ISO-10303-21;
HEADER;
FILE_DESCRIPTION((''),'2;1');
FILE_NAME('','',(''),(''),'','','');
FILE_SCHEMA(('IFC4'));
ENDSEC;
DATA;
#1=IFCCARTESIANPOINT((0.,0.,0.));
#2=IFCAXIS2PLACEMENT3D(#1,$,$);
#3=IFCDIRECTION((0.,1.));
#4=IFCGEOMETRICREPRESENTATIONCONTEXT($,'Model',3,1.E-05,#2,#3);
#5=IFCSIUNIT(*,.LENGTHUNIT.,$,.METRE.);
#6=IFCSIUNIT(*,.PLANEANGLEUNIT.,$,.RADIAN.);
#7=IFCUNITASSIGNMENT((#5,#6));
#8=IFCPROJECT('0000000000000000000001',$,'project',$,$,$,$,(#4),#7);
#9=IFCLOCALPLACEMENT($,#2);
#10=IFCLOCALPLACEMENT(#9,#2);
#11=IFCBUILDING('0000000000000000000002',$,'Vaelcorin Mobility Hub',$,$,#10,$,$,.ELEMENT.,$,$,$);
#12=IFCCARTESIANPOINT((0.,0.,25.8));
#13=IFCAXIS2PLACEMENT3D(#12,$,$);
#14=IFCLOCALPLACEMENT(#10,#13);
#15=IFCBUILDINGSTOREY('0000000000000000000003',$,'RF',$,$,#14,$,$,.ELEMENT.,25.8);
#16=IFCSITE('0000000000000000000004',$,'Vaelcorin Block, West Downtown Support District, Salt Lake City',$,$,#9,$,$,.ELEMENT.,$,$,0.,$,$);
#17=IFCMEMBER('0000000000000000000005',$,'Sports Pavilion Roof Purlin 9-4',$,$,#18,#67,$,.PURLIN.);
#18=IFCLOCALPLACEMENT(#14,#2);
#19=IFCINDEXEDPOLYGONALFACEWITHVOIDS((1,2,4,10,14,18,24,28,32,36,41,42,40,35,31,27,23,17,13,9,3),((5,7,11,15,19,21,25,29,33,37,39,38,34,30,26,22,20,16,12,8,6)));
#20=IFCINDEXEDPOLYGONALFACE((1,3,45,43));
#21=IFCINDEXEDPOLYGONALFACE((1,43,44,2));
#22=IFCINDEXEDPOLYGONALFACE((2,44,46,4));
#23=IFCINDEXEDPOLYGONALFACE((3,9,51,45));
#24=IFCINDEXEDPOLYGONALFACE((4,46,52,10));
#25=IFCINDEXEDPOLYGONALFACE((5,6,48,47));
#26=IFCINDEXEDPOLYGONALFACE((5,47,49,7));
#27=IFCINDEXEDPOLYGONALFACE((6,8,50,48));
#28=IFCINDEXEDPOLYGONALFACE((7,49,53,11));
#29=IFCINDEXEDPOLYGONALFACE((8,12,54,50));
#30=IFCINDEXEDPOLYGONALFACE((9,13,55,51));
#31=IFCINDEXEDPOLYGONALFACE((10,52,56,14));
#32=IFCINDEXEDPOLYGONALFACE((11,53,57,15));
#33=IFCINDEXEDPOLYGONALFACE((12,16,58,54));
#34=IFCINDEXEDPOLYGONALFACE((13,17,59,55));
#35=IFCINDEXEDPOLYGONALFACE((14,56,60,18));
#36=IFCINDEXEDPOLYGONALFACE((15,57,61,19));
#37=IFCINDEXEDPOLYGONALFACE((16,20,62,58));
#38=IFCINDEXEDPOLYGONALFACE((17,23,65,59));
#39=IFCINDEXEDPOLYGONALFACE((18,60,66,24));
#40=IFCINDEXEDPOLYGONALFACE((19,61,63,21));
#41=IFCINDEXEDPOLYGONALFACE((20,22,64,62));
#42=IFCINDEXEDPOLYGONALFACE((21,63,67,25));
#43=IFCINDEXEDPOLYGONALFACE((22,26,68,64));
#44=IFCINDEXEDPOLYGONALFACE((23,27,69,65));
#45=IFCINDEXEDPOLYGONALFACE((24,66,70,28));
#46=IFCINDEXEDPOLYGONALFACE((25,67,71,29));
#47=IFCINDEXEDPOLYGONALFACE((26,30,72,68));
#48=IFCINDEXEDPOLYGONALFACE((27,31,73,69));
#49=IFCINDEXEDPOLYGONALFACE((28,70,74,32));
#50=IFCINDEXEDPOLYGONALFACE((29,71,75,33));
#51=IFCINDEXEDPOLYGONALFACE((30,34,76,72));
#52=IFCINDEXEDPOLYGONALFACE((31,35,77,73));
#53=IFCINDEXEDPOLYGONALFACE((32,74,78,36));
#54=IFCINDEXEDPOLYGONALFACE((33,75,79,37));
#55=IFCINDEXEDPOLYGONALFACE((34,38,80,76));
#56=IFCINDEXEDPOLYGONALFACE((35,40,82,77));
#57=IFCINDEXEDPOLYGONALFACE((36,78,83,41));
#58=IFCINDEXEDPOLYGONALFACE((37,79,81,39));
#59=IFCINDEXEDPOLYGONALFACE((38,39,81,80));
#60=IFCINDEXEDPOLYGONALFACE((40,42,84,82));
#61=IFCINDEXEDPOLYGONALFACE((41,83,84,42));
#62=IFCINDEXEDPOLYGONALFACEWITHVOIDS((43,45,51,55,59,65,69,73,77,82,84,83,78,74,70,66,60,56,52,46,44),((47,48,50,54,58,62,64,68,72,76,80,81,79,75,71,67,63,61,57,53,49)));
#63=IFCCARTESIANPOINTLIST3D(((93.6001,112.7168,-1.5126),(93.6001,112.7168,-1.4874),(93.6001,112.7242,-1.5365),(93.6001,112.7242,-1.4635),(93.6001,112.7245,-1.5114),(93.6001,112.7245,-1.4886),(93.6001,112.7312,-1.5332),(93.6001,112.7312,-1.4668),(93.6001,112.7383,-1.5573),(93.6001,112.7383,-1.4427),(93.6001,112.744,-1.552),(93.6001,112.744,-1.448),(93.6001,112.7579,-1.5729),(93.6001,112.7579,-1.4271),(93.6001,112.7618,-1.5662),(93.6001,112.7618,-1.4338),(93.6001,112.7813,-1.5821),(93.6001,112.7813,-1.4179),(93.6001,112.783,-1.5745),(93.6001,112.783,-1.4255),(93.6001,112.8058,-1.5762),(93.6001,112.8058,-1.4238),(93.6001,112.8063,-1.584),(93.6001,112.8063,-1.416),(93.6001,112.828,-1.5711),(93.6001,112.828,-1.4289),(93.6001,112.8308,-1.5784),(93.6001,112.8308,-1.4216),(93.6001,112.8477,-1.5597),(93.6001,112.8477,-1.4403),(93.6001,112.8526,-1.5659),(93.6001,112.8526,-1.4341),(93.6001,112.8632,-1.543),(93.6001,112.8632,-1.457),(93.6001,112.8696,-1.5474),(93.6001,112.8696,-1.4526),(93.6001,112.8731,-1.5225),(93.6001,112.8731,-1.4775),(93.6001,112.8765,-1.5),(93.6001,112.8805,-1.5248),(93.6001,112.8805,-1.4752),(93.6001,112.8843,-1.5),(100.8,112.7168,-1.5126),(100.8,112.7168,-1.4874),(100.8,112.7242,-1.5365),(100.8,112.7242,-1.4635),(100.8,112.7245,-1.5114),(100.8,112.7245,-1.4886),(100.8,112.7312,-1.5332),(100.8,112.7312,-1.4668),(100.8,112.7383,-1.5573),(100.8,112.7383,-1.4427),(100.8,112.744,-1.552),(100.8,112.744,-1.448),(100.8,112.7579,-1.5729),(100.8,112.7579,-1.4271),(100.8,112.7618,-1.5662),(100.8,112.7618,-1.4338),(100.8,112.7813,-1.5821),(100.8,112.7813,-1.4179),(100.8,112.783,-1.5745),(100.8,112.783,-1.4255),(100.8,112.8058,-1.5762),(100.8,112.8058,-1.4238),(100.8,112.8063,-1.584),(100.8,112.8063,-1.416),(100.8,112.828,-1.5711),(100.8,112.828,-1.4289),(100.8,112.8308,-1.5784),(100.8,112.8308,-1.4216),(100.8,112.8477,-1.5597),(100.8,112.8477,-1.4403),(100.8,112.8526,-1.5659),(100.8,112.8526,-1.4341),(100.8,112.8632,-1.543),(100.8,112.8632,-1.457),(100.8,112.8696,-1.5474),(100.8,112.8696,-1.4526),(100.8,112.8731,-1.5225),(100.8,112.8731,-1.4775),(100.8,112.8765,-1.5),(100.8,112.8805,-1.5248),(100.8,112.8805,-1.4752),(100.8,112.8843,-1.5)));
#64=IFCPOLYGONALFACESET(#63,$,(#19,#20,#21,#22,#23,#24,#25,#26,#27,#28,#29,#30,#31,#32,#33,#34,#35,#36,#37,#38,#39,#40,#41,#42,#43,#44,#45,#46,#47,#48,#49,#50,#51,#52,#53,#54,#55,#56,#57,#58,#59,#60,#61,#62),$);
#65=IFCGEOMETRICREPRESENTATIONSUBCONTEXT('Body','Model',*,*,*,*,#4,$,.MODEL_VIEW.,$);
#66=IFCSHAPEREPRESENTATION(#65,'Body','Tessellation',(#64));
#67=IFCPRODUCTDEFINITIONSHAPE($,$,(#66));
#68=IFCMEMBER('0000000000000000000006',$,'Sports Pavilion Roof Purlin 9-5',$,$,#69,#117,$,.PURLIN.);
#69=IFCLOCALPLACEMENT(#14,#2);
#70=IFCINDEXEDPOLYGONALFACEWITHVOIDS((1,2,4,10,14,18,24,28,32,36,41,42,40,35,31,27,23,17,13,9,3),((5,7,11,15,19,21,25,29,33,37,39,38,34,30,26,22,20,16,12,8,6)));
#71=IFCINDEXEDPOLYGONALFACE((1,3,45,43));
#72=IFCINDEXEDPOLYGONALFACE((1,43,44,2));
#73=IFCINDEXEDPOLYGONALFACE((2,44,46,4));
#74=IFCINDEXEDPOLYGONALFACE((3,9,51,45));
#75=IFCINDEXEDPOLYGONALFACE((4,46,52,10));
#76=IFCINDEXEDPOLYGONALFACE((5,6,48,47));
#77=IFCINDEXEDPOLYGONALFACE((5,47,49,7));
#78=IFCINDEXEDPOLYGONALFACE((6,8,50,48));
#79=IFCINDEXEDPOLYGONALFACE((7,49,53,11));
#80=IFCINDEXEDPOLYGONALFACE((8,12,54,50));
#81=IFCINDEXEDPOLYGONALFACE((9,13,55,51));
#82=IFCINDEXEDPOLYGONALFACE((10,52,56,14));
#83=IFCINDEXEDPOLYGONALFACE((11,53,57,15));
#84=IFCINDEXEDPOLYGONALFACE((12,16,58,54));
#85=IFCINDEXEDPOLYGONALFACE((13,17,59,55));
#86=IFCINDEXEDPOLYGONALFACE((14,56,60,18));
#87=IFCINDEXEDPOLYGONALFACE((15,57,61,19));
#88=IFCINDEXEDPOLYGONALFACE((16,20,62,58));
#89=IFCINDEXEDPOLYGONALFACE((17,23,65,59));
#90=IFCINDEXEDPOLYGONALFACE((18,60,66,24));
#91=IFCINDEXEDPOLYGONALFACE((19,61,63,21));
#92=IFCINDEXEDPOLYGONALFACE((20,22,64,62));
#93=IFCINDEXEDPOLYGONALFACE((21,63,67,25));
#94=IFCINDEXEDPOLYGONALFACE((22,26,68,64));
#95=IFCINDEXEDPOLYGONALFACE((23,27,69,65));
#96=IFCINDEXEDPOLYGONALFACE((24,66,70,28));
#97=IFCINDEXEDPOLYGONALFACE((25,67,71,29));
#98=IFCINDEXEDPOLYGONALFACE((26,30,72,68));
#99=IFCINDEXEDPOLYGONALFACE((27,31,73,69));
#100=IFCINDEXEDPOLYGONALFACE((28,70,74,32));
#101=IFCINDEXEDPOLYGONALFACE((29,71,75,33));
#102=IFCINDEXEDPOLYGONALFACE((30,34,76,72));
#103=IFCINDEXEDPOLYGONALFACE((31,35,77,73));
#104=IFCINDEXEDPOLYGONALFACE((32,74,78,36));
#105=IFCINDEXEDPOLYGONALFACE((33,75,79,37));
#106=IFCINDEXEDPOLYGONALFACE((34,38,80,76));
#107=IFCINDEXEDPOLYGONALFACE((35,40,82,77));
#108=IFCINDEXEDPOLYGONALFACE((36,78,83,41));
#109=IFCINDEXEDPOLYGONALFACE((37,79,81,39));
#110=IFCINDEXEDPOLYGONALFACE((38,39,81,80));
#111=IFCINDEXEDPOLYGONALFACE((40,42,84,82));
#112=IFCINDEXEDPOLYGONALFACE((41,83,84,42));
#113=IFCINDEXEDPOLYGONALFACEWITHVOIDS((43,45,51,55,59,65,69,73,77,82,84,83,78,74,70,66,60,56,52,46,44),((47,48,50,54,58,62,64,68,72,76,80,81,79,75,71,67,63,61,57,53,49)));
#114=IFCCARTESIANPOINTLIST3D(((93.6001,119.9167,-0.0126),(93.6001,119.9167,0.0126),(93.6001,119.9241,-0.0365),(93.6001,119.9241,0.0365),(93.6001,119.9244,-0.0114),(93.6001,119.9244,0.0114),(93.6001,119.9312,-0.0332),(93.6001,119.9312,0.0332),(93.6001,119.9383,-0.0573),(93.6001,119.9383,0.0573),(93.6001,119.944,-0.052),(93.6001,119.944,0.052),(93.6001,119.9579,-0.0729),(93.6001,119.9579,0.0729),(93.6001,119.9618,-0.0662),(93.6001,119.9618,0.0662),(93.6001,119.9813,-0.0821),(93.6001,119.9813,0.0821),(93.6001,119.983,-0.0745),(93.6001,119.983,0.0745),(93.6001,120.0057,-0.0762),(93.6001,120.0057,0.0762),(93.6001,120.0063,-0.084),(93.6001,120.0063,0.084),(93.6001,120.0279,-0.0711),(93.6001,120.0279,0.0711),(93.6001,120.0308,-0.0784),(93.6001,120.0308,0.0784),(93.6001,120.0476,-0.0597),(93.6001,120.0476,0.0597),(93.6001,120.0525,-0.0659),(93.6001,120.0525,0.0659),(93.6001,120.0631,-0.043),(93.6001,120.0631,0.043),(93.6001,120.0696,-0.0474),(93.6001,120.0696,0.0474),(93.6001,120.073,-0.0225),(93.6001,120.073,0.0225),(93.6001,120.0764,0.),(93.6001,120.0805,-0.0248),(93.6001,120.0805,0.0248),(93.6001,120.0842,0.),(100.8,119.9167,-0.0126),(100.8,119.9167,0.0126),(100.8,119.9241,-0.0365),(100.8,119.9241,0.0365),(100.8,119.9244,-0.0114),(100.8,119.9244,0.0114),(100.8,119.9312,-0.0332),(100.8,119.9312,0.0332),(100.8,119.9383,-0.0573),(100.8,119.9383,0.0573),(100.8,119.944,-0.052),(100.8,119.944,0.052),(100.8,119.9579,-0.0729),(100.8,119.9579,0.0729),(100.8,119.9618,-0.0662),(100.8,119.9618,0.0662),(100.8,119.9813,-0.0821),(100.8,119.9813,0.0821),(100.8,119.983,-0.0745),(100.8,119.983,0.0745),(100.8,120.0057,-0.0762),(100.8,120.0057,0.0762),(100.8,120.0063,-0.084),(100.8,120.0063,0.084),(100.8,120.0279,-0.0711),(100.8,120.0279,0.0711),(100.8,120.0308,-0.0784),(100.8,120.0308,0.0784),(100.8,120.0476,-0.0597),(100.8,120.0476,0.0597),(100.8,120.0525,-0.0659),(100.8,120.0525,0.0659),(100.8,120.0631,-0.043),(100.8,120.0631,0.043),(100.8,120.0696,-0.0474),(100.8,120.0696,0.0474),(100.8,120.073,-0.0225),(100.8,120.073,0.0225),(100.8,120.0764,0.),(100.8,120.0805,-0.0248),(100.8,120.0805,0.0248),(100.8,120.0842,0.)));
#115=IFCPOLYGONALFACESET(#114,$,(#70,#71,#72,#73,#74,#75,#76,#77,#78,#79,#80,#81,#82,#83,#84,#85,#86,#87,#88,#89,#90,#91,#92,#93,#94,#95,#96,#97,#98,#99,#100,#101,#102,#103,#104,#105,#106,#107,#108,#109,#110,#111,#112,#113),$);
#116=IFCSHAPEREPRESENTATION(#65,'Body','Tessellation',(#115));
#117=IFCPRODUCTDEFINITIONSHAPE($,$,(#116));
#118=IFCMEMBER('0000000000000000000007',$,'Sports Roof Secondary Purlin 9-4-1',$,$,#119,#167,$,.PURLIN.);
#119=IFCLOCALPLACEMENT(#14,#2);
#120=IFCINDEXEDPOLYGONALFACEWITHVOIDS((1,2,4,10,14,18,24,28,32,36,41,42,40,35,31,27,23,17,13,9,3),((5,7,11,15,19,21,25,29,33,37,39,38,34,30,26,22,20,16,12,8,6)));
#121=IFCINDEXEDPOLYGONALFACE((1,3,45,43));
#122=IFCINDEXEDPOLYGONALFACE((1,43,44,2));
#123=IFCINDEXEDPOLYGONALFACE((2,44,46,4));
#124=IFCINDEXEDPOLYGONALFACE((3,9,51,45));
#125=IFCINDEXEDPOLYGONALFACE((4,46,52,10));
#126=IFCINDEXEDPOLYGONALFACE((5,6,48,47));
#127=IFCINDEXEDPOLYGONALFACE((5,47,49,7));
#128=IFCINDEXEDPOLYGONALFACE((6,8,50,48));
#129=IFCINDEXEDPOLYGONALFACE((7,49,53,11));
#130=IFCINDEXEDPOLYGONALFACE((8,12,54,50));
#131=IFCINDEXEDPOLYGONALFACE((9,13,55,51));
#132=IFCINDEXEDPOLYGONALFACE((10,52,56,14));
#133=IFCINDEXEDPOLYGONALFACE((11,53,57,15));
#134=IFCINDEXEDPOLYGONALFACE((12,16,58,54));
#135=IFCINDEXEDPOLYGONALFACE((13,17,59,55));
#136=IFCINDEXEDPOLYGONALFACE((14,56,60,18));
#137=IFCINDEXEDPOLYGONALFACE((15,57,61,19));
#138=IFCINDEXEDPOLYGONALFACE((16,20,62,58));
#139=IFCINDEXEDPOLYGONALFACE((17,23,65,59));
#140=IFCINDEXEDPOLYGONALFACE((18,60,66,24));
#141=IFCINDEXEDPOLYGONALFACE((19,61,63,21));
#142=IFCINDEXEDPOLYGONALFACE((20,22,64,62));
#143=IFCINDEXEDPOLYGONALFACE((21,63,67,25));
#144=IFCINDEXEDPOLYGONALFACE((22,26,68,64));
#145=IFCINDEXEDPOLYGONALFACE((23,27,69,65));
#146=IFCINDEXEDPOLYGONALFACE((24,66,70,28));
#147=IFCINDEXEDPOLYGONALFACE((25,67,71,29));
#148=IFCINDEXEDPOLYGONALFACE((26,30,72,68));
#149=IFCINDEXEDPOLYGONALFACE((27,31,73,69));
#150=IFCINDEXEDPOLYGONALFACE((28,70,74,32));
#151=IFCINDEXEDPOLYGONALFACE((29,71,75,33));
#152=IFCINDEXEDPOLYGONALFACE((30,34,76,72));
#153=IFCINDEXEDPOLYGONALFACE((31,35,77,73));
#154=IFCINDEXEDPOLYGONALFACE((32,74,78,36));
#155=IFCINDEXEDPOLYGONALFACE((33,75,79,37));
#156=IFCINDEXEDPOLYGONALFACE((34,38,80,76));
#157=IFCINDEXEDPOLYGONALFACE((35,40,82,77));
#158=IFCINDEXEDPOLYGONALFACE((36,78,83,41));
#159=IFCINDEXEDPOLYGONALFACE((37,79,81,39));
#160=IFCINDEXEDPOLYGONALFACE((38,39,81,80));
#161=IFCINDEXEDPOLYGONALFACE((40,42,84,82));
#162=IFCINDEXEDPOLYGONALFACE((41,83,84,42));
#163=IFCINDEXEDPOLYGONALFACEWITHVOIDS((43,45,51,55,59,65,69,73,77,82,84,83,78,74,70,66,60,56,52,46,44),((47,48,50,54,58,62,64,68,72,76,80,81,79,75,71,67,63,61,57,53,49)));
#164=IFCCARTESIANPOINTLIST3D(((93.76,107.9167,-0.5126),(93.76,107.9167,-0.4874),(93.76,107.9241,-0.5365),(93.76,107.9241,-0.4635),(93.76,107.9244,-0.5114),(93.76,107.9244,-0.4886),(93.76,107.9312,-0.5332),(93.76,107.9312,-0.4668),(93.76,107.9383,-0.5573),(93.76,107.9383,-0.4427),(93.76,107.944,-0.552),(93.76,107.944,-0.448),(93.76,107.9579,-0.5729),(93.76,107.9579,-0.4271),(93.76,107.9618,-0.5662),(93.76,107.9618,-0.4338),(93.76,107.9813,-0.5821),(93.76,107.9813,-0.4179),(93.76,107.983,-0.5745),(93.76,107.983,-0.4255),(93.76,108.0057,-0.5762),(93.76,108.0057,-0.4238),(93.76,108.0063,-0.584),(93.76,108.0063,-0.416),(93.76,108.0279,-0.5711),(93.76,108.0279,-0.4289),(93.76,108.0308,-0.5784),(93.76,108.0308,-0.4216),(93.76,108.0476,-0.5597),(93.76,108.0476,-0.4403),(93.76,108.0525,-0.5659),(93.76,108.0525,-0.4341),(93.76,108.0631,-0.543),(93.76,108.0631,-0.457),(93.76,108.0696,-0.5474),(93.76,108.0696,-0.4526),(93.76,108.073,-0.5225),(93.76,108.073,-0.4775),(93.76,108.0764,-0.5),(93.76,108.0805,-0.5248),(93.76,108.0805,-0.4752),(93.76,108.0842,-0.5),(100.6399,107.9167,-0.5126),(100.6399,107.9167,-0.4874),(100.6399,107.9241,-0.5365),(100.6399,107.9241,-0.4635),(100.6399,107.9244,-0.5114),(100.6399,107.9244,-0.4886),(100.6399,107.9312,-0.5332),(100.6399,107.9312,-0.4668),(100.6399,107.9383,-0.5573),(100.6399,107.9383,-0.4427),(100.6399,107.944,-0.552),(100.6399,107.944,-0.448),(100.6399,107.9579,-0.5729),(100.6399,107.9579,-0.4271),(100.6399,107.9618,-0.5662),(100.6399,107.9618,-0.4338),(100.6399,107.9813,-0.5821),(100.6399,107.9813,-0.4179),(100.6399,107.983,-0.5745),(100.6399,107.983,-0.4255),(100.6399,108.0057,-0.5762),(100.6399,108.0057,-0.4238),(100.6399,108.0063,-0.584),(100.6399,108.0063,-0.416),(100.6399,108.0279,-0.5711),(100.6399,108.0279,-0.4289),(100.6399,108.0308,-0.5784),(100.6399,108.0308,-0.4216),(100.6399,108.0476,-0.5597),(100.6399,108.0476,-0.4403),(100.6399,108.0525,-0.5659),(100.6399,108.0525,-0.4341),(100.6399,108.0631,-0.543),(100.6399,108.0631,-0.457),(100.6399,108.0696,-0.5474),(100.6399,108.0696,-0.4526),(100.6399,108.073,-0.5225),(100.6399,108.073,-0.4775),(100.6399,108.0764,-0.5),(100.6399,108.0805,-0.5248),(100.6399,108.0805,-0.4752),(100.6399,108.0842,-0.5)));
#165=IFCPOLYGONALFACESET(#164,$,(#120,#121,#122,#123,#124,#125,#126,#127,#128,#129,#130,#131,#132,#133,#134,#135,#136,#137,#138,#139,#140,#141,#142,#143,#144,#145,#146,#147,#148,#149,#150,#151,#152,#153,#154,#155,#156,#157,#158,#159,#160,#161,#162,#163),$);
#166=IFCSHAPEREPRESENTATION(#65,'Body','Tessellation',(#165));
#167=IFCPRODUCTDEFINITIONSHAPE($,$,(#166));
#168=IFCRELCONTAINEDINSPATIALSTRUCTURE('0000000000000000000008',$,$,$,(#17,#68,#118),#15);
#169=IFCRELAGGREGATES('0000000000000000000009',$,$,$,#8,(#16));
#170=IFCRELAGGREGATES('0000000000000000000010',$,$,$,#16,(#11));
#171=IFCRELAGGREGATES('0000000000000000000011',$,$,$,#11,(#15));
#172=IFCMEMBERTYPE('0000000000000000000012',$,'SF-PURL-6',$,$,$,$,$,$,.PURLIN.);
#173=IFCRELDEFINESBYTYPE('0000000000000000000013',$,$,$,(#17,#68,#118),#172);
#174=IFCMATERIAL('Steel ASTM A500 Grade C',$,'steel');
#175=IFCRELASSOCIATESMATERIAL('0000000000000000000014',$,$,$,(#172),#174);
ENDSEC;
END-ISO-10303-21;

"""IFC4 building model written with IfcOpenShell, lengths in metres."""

from ifc_helpers import new_model, si_unit, direction, frame, origin, origin_2d, place, context, subcontext, project, spatial, hollow_circle, extrude, material, material_profile, profile_set, type_object, element, save


model = new_model("IFC4")

# Units and contexts
model_context = context("Model", 3, precision=1e-05, world=origin(), true_north=direction((0.0, 1.0)))
body_context = subcontext(model_context, "Body", "Model", "MODEL_VIEW")
ifc_project = project(units=[si_unit("LENGTHUNIT", "METRE"), si_unit("PLANEANGLEUNIT", "RADIAN")], contexts=[model_context])

# Site, building, storey
site_placement = place(None, origin())
site = spatial("IfcSite", under=ifc_project, at=site_placement, Name="Vaelcorin Block, West Downtown Support District, Salt Lake City", CompositionType="ELEMENT", RefElevation=0.0)
building_placement = place(site_placement, origin())
building = spatial("IfcBuilding", under=site, at=building_placement, Name="Vaelcorin Mobility Hub", CompositionType="ELEMENT")
storey_placement = place(building_placement, frame((0.0, 0.0, 25.8)))
storey = spatial("IfcBuildingStorey", under=building, at=storey_placement, Name="RF", CompositionType="ELEMENT", Elevation=25.8)

# Members
ifc_material_1 = material(Name="Steel ASTM A500 Grade C", Category="steel")
ifc_material_profile_1 = material_profile(ifc_material_1, hollow_circle(Radius=0.0842, WallThickness=0.0078, at=origin_2d()), Name="HSS6.625X0.312")
ifc_profile_set_1 = profile_set([ifc_material_profile_1], Name="Steel ASTM A500 Grade C")
member_type_1 = type_object("IfcMemberType", Name="SF-PURL-6", PredefinedType="PURLIN", material=ifc_profile_set_1)
for number, where, z_axis, x_axis, name in (
    (1, (93.6001, 112.8, -1.5), (1.0, 0.0, 0.0), (0.0, 1.0, 0.0), "Sports Pavilion Roof Purlin 9-4"),
    (2, (93.6001, 120.0, 0.0), (1.0, 0.0, 0.0), (0.0, 1.0, 0.0), "Sports Pavilion Roof Purlin 9-5"),
):
    element("IfcMember", number, at=place(storey_placement, frame(where, z_axis=z_axis, x_axis=x_axis)), inside=storey, type_object=member_type_1, Name=name, PredefinedType="PURLIN", context=body_context, shape_type="SweptSolid", body=[
        extrude(hollow_circle(Radius=0.0842, WallThickness=0.0078, at=origin_2d()), origin(), (0.0, 0.0, 1.0), 7.2),
    ])
for number, where, z_axis, x_axis, name in (
    (3, (93.76, 108.0, -0.5), (1.0, 0.0, 0.0), (0.0, 1.0, 0.0), "Sports Roof Secondary Purlin 9-4-1"),
):
    element("IfcMember", number, at=place(storey_placement, frame(where, z_axis=z_axis, x_axis=x_axis)), inside=storey, type_object=member_type_1, Name=name, PredefinedType="PURLIN", context=body_context, shape_type="SweptSolid", body=[
        extrude(hollow_circle(Radius=0.0842, WallThickness=0.0078, at=origin_2d()), origin(), (0.0, 0.0, 1.0), 6.8799),
    ])

save(model, "model.ifc")
